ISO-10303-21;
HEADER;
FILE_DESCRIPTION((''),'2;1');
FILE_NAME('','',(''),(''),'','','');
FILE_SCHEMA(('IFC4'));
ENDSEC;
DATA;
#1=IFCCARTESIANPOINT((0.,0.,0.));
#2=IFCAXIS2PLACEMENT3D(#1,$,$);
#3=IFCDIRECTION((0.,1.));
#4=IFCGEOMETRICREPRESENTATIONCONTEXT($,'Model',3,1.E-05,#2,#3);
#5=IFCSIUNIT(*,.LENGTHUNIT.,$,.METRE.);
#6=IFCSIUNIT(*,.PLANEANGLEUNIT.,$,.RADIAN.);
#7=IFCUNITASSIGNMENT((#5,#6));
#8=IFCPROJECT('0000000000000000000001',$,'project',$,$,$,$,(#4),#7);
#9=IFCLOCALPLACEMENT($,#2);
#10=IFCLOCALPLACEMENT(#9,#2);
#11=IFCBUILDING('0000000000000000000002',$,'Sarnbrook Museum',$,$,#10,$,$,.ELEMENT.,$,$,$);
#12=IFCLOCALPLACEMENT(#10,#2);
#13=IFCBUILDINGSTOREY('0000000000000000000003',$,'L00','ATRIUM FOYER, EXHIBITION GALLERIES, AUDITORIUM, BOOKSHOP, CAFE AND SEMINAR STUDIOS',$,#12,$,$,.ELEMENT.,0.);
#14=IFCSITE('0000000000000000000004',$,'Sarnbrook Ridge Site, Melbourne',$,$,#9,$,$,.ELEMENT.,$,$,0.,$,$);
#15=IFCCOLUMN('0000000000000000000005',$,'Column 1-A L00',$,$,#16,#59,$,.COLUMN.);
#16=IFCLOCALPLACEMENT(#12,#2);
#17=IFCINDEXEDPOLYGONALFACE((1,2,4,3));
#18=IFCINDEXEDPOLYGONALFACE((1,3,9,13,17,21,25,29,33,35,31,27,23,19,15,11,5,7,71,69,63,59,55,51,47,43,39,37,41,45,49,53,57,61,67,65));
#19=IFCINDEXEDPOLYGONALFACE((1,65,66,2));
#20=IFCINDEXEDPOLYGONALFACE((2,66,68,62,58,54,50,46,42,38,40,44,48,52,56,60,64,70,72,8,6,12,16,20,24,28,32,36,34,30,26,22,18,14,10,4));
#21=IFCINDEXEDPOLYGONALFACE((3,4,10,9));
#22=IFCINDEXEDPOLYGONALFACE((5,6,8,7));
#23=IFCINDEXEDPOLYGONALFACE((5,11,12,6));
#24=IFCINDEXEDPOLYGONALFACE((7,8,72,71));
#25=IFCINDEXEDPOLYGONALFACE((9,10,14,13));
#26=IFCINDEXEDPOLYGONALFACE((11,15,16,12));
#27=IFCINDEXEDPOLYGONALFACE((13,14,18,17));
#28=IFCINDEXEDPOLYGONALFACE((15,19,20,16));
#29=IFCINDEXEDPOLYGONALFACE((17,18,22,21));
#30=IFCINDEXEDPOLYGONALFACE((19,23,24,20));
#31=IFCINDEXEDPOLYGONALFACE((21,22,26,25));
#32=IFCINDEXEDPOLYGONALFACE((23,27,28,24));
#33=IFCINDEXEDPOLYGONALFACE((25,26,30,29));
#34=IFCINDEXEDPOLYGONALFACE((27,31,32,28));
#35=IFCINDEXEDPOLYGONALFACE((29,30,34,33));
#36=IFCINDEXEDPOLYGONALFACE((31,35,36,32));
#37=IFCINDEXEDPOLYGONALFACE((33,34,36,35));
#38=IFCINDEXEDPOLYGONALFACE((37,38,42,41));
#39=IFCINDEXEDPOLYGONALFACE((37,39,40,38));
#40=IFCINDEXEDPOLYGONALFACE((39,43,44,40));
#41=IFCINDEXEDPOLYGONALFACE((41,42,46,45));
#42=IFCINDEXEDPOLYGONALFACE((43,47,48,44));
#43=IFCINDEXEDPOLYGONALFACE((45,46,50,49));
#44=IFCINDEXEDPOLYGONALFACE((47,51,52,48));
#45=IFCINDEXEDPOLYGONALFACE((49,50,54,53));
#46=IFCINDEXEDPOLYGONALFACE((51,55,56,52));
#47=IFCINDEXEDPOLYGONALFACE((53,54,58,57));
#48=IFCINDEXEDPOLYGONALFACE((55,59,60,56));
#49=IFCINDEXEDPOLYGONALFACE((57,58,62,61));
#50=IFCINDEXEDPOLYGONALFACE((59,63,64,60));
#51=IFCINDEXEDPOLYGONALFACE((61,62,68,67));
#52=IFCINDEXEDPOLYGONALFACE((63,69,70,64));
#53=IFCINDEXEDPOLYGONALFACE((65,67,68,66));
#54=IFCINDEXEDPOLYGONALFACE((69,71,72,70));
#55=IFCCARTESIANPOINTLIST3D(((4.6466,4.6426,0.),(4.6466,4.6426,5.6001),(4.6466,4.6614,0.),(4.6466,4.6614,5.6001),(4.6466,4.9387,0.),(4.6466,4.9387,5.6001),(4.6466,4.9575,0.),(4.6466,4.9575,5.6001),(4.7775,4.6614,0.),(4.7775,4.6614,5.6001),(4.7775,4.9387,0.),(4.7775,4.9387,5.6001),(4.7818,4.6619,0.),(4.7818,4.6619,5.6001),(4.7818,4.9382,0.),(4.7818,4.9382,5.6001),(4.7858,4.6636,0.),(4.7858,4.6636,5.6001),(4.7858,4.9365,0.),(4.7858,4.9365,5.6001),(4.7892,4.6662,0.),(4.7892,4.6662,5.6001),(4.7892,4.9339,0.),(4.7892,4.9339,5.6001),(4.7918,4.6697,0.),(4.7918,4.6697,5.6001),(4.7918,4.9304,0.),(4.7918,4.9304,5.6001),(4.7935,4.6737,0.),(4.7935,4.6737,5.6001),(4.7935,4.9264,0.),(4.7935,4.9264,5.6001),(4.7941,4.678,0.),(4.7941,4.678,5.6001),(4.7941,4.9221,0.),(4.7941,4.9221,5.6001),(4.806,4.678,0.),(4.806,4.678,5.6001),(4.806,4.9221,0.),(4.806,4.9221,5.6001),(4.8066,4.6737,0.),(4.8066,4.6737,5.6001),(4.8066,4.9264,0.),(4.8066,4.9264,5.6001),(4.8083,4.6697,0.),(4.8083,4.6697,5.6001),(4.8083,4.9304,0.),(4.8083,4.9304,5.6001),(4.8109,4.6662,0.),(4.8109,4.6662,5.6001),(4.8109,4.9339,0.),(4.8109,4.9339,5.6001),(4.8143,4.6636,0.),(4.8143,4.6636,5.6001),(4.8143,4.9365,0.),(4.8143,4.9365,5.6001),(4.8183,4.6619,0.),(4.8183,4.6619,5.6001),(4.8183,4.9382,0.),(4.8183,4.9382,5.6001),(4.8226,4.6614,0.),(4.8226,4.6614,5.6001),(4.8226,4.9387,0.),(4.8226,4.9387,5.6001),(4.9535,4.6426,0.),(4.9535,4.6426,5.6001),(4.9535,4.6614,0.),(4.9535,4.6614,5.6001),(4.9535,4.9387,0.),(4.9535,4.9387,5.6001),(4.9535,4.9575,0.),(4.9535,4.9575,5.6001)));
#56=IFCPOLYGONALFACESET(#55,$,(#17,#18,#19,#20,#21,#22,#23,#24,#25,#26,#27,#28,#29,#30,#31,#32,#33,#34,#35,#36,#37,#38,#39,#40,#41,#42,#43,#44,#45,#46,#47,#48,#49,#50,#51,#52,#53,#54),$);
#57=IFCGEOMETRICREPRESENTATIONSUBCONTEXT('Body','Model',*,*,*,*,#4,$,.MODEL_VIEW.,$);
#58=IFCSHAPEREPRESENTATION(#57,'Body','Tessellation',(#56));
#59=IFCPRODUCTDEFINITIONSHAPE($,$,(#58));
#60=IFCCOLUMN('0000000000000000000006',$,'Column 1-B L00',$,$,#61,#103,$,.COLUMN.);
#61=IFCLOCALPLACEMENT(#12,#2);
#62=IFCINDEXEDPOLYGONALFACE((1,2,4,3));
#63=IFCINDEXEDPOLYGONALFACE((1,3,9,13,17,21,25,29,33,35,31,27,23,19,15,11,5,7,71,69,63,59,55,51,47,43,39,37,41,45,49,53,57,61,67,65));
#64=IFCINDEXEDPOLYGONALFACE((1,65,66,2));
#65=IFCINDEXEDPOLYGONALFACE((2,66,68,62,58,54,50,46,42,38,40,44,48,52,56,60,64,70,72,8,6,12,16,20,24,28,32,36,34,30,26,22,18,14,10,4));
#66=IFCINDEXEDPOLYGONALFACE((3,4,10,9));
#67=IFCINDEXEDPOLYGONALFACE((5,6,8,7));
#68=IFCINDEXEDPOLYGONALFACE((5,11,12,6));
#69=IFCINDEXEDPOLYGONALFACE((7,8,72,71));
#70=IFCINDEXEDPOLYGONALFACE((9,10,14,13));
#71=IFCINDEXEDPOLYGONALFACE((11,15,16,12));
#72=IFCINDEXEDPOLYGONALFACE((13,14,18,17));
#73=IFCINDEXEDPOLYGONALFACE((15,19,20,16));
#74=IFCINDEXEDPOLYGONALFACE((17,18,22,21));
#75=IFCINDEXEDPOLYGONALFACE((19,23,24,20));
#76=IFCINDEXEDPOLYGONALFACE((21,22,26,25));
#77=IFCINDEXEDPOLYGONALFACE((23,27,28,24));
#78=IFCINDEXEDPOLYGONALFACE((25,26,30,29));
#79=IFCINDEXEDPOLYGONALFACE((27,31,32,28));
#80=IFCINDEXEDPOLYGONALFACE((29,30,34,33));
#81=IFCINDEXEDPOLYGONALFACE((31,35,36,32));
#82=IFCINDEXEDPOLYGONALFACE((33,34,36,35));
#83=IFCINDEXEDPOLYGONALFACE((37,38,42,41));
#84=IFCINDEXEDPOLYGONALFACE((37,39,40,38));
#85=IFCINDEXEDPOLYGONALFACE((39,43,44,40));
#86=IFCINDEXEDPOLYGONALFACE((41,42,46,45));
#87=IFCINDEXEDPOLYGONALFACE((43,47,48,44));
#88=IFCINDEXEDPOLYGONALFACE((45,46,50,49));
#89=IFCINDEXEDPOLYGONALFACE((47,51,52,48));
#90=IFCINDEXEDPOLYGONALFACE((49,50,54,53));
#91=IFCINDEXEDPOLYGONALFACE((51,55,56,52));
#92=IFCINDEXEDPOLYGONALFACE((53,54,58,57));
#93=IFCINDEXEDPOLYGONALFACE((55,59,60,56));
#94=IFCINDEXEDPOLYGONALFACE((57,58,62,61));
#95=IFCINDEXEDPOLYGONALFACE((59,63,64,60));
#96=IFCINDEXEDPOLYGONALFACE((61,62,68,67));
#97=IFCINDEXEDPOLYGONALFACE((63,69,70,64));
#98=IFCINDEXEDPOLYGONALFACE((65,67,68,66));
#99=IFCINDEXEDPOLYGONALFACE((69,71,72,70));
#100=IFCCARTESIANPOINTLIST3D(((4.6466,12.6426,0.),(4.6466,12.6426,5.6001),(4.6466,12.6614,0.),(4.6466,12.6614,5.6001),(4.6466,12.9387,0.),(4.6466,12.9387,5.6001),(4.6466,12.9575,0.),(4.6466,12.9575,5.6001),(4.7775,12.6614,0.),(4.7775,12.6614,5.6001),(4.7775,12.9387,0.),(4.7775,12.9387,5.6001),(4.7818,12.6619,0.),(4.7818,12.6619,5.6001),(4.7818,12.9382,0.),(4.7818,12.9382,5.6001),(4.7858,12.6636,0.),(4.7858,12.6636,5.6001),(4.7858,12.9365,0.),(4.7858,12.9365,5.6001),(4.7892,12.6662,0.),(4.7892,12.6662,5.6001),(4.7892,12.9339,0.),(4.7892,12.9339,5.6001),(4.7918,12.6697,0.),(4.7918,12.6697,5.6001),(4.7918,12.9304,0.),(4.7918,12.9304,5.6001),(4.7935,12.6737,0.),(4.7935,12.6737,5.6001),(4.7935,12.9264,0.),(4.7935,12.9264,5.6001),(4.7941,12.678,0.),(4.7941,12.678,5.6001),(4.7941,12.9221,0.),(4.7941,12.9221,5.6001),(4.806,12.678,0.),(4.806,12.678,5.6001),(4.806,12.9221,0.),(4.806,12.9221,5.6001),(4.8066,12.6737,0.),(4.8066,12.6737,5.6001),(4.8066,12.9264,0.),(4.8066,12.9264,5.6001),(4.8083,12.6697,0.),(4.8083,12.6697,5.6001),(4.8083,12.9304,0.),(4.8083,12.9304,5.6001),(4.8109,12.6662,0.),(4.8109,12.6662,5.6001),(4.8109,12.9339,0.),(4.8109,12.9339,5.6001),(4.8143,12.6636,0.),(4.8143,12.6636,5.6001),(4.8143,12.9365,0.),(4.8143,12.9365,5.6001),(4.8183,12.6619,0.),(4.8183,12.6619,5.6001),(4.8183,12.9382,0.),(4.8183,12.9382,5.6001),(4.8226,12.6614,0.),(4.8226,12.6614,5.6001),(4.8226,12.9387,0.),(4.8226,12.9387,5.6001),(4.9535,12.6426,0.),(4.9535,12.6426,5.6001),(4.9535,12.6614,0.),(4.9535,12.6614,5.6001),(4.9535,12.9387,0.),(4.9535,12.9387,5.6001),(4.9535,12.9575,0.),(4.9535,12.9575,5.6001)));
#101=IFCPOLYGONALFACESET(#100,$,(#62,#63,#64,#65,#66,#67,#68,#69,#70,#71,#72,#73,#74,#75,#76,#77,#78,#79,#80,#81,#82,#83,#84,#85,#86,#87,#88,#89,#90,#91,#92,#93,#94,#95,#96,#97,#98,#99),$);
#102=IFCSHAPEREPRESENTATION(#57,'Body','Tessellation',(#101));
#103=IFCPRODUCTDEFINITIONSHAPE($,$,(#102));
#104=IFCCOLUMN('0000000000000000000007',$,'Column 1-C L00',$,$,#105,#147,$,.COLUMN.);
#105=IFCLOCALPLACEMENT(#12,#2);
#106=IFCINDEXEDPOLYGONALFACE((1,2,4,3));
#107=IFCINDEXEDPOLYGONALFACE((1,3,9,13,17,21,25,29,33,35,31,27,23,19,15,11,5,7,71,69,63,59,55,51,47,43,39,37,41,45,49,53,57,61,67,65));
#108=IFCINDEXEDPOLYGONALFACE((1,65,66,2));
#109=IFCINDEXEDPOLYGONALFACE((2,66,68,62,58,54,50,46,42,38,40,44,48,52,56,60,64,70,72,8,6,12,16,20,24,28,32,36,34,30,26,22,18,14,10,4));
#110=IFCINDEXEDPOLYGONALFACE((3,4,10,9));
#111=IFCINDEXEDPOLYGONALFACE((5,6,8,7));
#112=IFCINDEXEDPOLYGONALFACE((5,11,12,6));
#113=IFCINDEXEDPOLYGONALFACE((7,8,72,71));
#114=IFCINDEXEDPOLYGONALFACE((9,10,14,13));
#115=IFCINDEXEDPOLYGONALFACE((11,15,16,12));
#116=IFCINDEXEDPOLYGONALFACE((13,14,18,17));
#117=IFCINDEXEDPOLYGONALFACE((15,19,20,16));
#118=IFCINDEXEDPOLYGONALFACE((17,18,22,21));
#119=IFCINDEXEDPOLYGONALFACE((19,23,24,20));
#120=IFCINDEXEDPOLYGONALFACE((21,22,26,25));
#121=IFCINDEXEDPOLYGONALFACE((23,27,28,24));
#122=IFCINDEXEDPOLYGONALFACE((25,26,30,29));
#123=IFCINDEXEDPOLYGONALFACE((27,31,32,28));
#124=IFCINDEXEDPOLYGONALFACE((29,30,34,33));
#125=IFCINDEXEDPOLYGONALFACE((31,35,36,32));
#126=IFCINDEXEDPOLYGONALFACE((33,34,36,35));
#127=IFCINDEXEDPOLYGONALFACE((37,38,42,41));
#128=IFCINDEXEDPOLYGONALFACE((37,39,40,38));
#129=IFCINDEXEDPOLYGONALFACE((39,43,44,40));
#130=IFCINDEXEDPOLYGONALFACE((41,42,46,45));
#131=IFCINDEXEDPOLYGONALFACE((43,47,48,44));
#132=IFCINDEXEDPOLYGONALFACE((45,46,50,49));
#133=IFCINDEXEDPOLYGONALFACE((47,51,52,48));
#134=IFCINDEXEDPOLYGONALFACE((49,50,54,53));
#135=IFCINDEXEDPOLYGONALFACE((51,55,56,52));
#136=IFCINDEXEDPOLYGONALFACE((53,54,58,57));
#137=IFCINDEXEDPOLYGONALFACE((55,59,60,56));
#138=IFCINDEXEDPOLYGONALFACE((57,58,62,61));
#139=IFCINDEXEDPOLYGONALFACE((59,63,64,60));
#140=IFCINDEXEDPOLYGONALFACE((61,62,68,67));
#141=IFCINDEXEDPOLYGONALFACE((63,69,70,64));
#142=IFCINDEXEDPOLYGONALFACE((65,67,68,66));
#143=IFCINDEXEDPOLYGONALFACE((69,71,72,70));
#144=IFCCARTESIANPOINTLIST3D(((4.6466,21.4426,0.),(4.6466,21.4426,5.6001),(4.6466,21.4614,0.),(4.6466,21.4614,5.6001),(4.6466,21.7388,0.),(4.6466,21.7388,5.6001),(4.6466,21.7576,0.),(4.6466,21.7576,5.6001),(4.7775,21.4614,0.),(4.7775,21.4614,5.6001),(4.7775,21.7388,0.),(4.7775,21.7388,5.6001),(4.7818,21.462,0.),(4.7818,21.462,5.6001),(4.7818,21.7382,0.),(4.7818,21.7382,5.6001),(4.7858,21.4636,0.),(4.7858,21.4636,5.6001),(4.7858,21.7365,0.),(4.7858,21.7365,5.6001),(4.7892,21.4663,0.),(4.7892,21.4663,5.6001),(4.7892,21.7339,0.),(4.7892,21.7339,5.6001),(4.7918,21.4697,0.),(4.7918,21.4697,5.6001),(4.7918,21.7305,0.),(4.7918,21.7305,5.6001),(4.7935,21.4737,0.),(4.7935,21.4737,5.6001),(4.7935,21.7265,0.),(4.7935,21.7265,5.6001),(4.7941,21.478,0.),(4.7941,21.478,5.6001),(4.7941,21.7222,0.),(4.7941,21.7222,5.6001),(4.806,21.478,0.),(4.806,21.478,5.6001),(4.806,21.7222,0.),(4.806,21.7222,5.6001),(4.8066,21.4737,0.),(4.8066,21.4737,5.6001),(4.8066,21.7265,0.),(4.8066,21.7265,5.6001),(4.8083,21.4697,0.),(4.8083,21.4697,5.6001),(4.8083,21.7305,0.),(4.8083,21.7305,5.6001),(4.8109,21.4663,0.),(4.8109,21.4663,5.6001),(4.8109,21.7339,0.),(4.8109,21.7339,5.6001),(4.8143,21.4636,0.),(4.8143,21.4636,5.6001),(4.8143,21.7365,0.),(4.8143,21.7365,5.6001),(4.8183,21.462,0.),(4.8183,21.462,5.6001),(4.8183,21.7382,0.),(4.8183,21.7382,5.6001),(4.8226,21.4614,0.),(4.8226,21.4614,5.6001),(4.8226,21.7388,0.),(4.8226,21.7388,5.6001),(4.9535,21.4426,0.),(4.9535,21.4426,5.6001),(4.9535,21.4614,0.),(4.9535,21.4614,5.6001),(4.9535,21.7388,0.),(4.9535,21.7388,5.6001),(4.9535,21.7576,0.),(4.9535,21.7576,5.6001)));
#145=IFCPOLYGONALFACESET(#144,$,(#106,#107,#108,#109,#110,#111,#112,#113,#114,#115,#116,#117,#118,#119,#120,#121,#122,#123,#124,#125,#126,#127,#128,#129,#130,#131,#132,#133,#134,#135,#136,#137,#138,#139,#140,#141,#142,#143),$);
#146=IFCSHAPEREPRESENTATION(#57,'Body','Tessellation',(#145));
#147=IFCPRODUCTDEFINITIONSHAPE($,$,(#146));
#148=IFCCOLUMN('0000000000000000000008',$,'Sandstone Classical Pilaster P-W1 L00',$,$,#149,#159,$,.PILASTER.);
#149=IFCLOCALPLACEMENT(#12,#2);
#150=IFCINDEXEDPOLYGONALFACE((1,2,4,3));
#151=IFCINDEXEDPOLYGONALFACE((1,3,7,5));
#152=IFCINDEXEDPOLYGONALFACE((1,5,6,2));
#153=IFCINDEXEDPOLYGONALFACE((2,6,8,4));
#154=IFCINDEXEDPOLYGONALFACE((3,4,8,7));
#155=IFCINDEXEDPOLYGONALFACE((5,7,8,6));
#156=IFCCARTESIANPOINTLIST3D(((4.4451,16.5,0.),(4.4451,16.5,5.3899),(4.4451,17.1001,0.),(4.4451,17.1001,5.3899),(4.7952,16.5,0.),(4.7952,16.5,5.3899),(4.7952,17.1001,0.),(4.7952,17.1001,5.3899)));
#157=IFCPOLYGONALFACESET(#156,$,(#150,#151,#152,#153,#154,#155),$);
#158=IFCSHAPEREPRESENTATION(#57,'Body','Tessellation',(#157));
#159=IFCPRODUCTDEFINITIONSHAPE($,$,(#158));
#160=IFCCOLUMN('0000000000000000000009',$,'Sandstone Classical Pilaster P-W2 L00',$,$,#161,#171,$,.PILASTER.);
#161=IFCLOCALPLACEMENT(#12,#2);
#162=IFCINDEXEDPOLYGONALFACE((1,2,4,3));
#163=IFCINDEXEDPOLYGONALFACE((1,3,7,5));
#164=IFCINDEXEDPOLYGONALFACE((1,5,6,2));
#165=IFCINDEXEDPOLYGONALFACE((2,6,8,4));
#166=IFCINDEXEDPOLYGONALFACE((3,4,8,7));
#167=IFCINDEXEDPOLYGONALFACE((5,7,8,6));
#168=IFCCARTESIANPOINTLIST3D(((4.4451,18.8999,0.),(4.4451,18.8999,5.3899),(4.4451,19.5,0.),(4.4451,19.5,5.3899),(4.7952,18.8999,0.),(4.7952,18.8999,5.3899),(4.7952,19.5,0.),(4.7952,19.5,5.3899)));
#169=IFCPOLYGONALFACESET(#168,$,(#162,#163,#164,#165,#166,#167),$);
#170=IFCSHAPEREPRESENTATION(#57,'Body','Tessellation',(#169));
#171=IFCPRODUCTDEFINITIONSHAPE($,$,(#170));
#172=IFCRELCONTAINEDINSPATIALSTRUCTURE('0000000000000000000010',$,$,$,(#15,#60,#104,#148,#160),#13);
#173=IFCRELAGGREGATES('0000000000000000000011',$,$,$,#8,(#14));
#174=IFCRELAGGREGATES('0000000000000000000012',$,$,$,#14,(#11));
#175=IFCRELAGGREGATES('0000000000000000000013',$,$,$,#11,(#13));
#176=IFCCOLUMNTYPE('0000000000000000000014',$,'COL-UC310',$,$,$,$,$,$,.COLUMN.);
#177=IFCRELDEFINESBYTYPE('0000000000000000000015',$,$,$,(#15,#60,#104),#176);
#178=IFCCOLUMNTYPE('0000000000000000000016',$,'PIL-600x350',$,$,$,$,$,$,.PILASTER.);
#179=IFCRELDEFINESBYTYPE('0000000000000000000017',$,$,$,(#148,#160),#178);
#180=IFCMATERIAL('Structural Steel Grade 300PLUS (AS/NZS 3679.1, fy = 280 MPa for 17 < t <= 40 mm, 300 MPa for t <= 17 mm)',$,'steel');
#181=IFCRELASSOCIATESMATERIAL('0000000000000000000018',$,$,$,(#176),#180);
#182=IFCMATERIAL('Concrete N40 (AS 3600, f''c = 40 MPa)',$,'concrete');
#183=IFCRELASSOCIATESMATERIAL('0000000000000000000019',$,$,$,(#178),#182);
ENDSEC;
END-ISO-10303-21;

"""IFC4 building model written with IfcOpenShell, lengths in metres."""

from ifc_helpers import new_model, si_unit, direction, frame, origin, origin_2d, place, context, subcontext, project, spatial, rectangle, i_section, extrude, material, material_profile, profile_set, type_object, element, save


model = new_model("IFC4")

# Units and contexts
model_context = context("Model", 3, precision=1e-05, world=origin(), true_north=direction((0.0, 1.0)))
body_context = subcontext(model_context, "Body", "Model", "MODEL_VIEW")
ifc_project = project(units=[si_unit("LENGTHUNIT", "METRE"), si_unit("PLANEANGLEUNIT", "RADIAN")], contexts=[model_context])

# Site, building, storey
site_placement = place(None, origin())
site = spatial("IfcSite", under=ifc_project, at=site_placement, Name="Sarnbrook Ridge Site, Melbourne", CompositionType="ELEMENT", RefElevation=0.0)
building_placement = place(site_placement, origin())
building = spatial("IfcBuilding", under=site, at=building_placement, Name="Sarnbrook Museum", CompositionType="ELEMENT")
storey_placement = place(building_placement, origin())
storey = spatial("IfcBuildingStorey", under=building, at=storey_placement, Name="L00", Description="ATRIUM FOYER, EXHIBITION GALLERIES, AUDITORIUM, BOOKSHOP, CAFE AND SEMINAR STUDIOS", CompositionType="ELEMENT", Elevation=0.0)

# Columns
ifc_material_1 = material(Name="Structural Steel Grade 300PLUS (AS/NZS 3679.1, fy = 280 MPa for 17 < t <= 40 mm, 300 MPa for t <= 17 mm)", Category="steel")
ifc_material_profile_1 = material_profile(ifc_material_1, i_section(OverallWidth=0.3069, OverallDepth=0.3149, WebThickness=0.012, FlangeThickness=0.0188, FilletRadius=0.0166, at=origin_2d()), Name="310UC118")
ifc_profile_set_1 = profile_set([ifc_material_profile_1], Name="Structural Steel Grade 300PLUS (AS/NZS 3679.1, fy = 280 MPa for 17 < t <= 40 mm, 300 MPa for t <= 17 mm)")
column_type_1 = type_object("IfcColumnType", Name="COL-UC310", PredefinedType="COLUMN", material=ifc_profile_set_1)
for number, where, z_axis, x_axis, name in (
    (1, (4.8, 4.8, 0.0), (0.0, 0.0, 1.0), (1.0, 0.0, 0.0), "Column 1-A L00"),
    (2, (4.8, 12.8, 0.0), (0.0, 0.0, 1.0), (1.0, 0.0, 0.0), "Column 1-B L00"),
    (3, (4.8, 21.6001, 0.0), (0.0, 0.0, 1.0), (1.0, 0.0, 0.0), "Column 1-C L00"),
):
    element("IfcColumn", number, at=place(storey_placement, frame(where, z_axis=z_axis, x_axis=x_axis)), inside=storey, type_object=column_type_1, Name=name, PredefinedType="COLUMN", context=body_context, shape_type="SweptSolid", body=[
        extrude(i_section(OverallWidth=0.3069, OverallDepth=0.3149, WebThickness=0.012, FlangeThickness=0.0188, FilletRadius=0.0166, at=origin_2d()), origin(), (0.0, 0.0, 1.0), 5.6001),
    ])
ifc_material_2 = material(Name="Concrete N40 (AS 3600, f'c = 40 MPa)", Category="concrete")
ifc_material_profile_2 = material_profile(ifc_material_2, rectangle(XDim=0.6001, YDim=0.3501, at=origin_2d()), Name="PILASTER 600x350")
ifc_profile_set_2 = profile_set([ifc_material_profile_2], Name="Concrete N40 (AS 3600, f'c = 40 MPa)")
column_type_2 = type_object("IfcColumnType", Name="PIL-600x350", PredefinedType="PILASTER", material=ifc_profile_set_2)
for number, where, z_axis, x_axis, name in (
    (4, (4.6201, 16.8, 0.0), (0.0, 0.0, 1.0), (0.0, 1.0, 0.0), "Sandstone Classical Pilaster P-W1 L00"),
    (5, (4.6201, 19.2, 0.0), (0.0, 0.0, 1.0), (0.0, 1.0, 0.0), "Sandstone Classical Pilaster P-W2 L00"),
):
    element("IfcColumn", number, at=place(storey_placement, frame(where, z_axis=z_axis, x_axis=x_axis)), inside=storey, type_object=column_type_2, Name=name, PredefinedType="PILASTER", context=body_context, shape_type="SweptSolid", body=[
        extrude(rectangle(XDim=0.6001, YDim=0.3501, at=origin_2d()), origin(), (0.0, 0.0, 1.0), 5.3899),
    ])

save(model, "model.ifc")
